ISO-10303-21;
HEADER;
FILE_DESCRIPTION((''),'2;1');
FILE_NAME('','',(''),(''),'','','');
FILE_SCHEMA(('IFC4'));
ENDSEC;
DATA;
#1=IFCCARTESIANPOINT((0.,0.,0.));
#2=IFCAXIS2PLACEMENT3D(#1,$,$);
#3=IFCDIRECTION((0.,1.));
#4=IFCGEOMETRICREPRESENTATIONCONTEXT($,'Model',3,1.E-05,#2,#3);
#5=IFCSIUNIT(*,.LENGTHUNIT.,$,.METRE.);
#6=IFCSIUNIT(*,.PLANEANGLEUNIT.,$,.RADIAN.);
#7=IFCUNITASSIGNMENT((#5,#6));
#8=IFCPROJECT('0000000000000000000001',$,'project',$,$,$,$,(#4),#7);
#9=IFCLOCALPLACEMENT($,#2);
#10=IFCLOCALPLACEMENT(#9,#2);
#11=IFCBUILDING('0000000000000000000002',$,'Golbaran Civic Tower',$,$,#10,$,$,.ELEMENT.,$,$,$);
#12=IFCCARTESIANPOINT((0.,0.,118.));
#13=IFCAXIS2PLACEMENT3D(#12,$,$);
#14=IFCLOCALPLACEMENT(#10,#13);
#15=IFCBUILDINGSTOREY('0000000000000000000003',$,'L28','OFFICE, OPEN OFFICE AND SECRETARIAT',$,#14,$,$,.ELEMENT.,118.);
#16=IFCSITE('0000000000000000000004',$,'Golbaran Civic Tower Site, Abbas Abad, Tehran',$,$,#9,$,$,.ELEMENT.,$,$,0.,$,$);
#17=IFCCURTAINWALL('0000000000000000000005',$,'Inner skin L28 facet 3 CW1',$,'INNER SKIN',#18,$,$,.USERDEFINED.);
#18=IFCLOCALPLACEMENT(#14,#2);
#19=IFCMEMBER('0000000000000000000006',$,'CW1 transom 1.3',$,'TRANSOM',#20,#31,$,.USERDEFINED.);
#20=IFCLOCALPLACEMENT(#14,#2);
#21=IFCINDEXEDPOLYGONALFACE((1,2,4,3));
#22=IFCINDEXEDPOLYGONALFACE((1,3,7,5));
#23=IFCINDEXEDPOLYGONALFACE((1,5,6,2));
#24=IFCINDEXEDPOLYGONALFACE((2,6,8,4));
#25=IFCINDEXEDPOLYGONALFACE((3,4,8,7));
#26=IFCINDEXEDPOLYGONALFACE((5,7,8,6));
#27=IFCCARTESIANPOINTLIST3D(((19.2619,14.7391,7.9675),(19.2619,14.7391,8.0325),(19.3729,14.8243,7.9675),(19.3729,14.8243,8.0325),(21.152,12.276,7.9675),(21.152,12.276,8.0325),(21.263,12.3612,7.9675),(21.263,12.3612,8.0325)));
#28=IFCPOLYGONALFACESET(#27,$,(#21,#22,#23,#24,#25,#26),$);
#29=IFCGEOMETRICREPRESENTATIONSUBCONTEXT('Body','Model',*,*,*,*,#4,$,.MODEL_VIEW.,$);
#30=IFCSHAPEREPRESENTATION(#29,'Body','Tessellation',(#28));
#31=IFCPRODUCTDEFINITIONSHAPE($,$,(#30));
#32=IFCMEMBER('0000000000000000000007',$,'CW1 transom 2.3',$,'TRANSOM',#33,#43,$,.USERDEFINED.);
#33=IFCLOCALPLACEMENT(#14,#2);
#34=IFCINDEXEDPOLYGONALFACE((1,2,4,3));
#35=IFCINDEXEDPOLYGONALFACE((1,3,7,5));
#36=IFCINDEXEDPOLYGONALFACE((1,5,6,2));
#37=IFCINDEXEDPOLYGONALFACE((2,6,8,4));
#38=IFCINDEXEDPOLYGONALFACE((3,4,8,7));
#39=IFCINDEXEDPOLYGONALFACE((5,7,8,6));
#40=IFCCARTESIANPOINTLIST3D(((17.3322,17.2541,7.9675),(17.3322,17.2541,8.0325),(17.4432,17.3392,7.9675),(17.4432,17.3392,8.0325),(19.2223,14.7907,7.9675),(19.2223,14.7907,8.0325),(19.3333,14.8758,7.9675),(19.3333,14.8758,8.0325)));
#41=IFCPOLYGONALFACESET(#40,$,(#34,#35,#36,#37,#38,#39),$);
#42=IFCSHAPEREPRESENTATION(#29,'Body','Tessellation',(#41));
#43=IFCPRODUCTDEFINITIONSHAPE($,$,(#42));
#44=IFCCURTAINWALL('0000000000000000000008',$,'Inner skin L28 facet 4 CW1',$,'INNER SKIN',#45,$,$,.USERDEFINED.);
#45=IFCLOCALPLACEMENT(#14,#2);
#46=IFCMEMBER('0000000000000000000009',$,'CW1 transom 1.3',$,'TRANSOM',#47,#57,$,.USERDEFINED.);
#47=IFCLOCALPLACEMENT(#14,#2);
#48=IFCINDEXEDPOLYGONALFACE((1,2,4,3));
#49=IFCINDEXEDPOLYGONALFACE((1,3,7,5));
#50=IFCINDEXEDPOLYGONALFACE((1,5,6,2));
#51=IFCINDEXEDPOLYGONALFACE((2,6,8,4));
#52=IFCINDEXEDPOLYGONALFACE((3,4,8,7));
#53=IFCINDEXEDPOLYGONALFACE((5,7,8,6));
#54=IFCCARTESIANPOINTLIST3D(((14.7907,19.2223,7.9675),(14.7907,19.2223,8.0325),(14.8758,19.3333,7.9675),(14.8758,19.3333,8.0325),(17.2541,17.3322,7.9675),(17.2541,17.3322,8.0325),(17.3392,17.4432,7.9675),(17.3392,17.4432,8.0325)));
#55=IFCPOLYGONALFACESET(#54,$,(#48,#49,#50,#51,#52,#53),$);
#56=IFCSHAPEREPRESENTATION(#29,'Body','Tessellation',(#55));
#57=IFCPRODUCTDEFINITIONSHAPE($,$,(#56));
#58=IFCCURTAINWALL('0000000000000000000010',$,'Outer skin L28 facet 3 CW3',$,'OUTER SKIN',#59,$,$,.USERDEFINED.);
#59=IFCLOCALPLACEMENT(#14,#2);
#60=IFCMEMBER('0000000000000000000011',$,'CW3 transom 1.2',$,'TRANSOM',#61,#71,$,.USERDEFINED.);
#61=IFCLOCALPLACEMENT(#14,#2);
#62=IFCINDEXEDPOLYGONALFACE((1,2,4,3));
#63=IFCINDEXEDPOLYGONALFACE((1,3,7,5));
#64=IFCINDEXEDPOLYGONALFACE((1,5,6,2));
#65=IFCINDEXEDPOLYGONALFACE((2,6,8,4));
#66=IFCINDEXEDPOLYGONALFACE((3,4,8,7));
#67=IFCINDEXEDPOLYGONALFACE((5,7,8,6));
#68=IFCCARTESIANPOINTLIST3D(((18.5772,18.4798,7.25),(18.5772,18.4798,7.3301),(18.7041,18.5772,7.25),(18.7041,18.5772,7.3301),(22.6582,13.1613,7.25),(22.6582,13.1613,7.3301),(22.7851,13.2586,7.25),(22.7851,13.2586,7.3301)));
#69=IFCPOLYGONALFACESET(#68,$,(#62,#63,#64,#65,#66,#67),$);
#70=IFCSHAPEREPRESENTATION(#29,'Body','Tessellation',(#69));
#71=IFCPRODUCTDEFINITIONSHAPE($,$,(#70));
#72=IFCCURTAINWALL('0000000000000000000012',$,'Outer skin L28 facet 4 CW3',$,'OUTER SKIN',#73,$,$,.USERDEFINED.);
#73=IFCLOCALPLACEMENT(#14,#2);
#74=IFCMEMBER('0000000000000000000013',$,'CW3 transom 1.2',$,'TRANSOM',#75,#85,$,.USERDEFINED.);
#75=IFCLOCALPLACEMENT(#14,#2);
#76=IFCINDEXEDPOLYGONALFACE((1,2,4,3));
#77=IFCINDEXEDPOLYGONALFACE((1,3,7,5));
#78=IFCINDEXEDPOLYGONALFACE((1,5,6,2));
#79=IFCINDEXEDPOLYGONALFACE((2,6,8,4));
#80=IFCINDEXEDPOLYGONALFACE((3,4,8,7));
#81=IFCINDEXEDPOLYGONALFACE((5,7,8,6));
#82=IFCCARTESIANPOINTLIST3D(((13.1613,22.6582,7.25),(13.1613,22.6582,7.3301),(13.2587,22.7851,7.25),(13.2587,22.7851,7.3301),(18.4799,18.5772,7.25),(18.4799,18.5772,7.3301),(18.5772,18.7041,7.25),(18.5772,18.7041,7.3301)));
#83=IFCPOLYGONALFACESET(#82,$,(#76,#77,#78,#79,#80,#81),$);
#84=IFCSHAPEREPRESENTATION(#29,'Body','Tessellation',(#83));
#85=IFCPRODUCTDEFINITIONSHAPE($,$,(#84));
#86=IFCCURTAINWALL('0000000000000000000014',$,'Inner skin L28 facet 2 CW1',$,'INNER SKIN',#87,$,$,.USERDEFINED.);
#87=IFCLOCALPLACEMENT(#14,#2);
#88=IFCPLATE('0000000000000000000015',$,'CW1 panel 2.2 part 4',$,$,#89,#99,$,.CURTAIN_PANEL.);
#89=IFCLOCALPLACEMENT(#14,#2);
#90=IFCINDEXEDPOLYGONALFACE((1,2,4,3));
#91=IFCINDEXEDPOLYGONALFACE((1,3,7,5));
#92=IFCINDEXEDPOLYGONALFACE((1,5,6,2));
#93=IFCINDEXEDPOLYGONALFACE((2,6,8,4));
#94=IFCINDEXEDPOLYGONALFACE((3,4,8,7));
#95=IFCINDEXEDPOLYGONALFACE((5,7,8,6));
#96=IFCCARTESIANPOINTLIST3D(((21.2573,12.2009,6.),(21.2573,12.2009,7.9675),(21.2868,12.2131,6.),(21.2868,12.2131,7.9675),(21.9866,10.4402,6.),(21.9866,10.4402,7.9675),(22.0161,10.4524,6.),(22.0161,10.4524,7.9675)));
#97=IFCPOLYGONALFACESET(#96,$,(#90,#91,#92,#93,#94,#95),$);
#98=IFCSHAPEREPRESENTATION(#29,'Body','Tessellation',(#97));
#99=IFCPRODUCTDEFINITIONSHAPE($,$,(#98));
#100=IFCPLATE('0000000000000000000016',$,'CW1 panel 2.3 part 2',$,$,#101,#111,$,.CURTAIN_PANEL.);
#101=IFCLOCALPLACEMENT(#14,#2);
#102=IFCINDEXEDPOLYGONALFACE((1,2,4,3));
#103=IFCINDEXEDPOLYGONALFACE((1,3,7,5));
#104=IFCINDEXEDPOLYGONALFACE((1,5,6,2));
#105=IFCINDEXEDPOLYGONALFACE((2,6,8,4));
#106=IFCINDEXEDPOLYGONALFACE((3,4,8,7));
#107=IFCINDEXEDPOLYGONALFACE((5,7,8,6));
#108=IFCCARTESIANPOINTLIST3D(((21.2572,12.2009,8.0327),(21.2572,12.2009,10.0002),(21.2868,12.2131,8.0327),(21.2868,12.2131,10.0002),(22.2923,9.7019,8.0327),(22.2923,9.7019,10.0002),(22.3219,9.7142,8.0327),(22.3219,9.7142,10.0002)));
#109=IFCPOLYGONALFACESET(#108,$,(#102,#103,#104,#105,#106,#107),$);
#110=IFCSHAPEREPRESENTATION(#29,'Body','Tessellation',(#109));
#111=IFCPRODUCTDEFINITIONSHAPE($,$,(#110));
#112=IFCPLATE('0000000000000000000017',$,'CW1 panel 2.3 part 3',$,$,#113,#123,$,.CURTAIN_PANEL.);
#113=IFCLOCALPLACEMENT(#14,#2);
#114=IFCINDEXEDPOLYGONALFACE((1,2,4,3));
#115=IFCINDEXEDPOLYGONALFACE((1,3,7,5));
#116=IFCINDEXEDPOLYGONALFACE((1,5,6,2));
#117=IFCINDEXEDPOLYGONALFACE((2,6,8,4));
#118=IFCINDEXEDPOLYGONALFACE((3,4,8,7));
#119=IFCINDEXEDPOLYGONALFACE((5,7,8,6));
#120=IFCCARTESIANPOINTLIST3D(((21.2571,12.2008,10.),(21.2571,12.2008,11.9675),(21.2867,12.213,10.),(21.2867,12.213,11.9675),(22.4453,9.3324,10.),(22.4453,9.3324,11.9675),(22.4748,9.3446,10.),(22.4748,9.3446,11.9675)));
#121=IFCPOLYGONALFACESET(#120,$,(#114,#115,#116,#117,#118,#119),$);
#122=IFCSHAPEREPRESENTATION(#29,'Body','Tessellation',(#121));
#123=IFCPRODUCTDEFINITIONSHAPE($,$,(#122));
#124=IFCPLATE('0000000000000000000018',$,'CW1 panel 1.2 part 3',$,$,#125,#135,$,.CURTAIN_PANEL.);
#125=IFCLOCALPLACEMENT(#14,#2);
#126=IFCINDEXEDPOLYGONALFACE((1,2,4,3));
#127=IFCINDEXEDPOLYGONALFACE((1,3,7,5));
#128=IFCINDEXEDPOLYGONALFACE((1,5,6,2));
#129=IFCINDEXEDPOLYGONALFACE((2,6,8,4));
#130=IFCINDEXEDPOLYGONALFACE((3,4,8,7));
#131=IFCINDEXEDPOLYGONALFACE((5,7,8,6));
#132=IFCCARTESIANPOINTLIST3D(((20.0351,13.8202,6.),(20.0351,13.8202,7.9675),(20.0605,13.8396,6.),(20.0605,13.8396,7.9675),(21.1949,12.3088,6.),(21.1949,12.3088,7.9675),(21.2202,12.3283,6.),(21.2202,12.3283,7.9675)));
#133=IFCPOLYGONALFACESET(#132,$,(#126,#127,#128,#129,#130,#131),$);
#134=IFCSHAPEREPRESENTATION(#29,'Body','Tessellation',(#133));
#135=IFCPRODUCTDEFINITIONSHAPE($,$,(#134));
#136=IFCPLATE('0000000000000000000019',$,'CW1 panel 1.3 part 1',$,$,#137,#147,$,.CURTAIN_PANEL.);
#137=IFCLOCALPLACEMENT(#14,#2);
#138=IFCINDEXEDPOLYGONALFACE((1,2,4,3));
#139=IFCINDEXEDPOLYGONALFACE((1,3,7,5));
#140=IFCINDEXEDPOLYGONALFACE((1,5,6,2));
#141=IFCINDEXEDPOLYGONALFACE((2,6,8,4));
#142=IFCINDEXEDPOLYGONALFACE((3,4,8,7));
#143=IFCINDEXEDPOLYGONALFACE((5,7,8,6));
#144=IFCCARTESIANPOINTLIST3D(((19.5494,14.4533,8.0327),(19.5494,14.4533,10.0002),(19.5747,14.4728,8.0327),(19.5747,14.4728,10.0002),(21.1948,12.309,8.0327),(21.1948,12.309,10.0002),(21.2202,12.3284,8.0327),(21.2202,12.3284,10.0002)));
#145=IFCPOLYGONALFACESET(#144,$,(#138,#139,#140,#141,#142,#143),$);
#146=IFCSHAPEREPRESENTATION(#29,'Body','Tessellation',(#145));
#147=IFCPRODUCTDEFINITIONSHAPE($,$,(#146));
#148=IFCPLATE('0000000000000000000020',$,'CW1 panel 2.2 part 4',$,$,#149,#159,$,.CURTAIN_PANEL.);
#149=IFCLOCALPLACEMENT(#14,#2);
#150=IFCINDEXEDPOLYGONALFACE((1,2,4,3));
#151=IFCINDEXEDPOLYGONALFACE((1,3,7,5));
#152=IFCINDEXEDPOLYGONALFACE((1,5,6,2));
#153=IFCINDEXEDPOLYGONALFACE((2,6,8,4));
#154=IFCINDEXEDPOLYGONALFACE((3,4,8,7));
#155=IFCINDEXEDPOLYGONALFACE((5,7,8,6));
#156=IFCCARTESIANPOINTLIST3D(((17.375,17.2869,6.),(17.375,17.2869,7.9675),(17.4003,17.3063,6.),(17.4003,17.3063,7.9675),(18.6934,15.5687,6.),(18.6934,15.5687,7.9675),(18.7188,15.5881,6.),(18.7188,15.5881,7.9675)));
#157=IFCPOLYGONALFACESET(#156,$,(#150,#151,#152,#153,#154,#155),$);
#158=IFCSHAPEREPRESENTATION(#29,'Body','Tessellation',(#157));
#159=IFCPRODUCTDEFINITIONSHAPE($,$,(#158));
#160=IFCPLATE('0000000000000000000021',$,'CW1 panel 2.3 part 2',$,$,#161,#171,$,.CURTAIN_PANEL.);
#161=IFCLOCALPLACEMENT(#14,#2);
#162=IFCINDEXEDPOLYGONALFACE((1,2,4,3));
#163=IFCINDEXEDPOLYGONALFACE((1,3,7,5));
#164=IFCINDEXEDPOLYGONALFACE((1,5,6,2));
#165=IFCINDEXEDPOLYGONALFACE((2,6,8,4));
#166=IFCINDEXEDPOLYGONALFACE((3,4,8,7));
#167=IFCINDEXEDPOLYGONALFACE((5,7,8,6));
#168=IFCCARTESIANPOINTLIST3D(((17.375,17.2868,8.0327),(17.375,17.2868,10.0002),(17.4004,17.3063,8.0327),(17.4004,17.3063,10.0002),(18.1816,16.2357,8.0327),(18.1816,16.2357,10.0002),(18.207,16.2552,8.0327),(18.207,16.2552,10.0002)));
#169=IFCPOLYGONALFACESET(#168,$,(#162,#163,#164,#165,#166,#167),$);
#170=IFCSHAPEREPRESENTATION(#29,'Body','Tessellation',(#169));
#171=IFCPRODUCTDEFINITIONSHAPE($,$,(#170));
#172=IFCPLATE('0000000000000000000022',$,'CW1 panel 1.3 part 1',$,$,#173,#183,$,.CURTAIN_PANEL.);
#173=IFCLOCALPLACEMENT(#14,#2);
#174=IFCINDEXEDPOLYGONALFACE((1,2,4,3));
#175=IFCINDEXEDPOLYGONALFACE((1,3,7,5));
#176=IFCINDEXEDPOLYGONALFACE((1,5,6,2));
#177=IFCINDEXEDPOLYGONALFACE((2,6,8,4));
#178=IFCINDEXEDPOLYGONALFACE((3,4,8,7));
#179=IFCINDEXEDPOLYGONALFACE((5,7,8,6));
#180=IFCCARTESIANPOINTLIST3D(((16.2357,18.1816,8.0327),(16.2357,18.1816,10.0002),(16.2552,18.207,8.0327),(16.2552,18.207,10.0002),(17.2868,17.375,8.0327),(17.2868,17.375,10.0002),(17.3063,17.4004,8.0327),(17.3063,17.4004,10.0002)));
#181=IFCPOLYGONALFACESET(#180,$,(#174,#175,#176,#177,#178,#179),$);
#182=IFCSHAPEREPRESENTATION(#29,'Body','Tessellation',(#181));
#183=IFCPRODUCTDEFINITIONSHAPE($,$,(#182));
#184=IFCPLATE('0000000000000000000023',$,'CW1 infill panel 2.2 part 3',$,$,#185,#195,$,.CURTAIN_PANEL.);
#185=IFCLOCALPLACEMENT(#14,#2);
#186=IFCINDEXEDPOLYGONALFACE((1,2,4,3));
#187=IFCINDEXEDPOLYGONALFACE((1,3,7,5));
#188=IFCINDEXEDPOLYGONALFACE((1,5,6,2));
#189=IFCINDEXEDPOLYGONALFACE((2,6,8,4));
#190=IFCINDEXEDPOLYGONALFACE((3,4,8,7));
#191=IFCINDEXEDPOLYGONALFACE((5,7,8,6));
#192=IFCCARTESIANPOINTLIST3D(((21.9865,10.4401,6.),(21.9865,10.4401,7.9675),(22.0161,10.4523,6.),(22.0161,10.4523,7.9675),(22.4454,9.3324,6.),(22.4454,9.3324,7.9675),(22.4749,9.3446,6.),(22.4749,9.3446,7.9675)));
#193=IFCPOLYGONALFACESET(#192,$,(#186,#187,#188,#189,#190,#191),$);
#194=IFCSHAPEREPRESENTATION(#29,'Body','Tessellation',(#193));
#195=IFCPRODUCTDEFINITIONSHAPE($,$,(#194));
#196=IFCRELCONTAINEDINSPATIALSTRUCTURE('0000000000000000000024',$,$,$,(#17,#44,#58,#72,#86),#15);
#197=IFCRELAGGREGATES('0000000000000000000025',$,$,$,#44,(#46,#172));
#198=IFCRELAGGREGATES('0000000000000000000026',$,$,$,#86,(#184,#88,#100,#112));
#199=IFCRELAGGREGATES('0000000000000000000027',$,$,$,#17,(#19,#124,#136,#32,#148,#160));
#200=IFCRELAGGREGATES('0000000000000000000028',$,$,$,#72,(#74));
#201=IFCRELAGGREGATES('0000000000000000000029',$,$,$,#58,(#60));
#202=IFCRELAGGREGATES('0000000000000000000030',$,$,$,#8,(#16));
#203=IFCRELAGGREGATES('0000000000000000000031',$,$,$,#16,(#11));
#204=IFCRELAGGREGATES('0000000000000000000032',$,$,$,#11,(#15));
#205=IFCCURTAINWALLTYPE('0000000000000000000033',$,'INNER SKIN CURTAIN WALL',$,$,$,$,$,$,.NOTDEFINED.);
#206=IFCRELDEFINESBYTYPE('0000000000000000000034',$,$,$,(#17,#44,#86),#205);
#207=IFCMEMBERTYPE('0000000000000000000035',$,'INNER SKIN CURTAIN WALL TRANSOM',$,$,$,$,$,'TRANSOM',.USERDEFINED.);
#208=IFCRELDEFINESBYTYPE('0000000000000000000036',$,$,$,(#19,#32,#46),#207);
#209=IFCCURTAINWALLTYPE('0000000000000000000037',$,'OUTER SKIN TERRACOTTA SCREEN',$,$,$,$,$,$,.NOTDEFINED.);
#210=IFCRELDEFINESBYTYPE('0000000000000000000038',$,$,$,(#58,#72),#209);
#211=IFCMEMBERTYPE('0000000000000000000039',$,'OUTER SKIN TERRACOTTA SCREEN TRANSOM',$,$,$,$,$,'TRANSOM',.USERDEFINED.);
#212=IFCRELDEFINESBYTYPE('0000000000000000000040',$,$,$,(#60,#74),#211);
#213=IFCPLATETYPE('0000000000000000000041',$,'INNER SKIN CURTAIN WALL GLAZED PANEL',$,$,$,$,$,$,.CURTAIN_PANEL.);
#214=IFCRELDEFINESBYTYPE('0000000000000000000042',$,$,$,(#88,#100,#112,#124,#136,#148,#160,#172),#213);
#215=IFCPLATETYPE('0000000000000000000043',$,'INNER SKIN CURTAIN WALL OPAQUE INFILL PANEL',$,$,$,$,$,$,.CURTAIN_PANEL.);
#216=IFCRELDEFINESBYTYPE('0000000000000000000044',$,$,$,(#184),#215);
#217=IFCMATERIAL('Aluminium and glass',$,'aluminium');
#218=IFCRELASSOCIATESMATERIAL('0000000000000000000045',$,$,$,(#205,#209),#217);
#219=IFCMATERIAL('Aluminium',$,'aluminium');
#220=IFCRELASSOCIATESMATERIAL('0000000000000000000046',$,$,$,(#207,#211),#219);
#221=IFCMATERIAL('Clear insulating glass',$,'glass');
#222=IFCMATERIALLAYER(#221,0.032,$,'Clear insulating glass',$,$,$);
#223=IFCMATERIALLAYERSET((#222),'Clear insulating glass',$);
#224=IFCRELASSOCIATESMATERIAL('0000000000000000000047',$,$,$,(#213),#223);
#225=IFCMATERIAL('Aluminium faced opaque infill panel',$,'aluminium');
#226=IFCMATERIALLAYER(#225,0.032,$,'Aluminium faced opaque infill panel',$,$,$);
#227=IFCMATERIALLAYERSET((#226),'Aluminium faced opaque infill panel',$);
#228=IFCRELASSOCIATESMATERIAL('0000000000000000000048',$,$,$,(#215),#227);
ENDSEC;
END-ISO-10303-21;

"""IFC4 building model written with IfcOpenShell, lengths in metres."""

from ifc_helpers import new_model, si_unit, direction, frame, origin, origin_2d, place, context, subcontext, project, spatial, rectangle, extrude, material, layer, layer_set, material_profile, profile_set, type_object, element, aggregate, save


model = new_model("IFC4")

# Units and contexts
model_context = context("Model", 3, precision=1e-05, world=origin(), true_north=direction((0.0, 1.0)))
body_context = subcontext(model_context, "Body", "Model", "MODEL_VIEW")
ifc_project = project(units=[si_unit("LENGTHUNIT", "METRE"), si_unit("PLANEANGLEUNIT", "RADIAN")], contexts=[model_context])

# Site, building, storey
site_placement = place(None, origin())
site = spatial("IfcSite", under=ifc_project, at=site_placement, Name="Golbaran Civic Tower Site, Abbas Abad, Tehran", CompositionType="ELEMENT", RefElevation=0.0)
building_placement = place(site_placement, origin())
building = spatial("IfcBuilding", under=site, at=building_placement, Name="Golbaran Civic Tower", CompositionType="ELEMENT")
storey_placement = place(building_placement, frame((0.0, 0.0, 118.0)))
storey = spatial("IfcBuildingStorey", under=building, at=storey_placement, Name="L28", Description="OFFICE, OPEN OFFICE AND SECRETARIAT", CompositionType="ELEMENT", Elevation=118.0)

# Curtain wall, members
ifc_material_1 = material(Name="Aluminium and glass", Category="aluminium")
curtain_wall_type_1 = type_object("IfcCurtainWallType", Name="INNER SKIN CURTAIN WALL", PredefinedType="NOTDEFINED", material=ifc_material_1)
curtain_wall_1_placement = place(storey_placement, origin())
curtain_wall_1 = element("IfcCurtainWall", 1, at=curtain_wall_1_placement, inside=storey, type_object=curtain_wall_type_1, Name="Inner skin L28 facet 3 CW1", ObjectType="INNER SKIN", PredefinedType="USERDEFINED")
ifc_material_2 = material(Name="Aluminium", Category="aluminium")
ifc_material_profile_1 = material_profile(ifc_material_2, rectangle(XDim=0.1399, YDim=0.0649, at=origin_2d()), Name="INNER SKIN CURTAIN WALL TRANSOM")
ifc_profile_set_1 = profile_set([ifc_material_profile_1], Name="Aluminium")
member_type_1 = type_object("IfcMemberType", Name="INNER SKIN CURTAIN WALL TRANSOM", ElementType="TRANSOM", PredefinedType="USERDEFINED", material=ifc_profile_set_1)
member_1_placement = place(storey_placement, frame((21.2075, 12.3186, 8.0), z_axis=(-0.608783, 0.793337, 0.0), x_axis=(-0.793337, -0.608783, 0.0)))
member_1 = element("IfcMember", 2, at=member_1_placement, type_object=member_type_1, Name="CW1 transom 1.3", ObjectType="TRANSOM", PredefinedType="USERDEFINED", context=body_context, shape_type="SweptSolid", body=[
    extrude(rectangle(XDim=0.1399, YDim=0.0649, at=origin_2d()), origin(), (0.0, 0.0, 1.0), 3.1047),
])
member_2_placement = place(storey_placement, frame((19.2778, 14.8333, 8.0), z_axis=(-0.608745, 0.793366, 0.0), x_axis=(-0.793366, -0.608745, 0.0)))
member_2 = element("IfcMember", 3, at=member_2_placement, type_object=member_type_1, Name="CW1 transom 2.3", ObjectType="TRANSOM", PredefinedType="USERDEFINED", context=body_context, shape_type="SweptSolid", body=[
    extrude(rectangle(XDim=0.1399, YDim=0.0649, at=origin_2d()), origin(), (0.0, 0.0, 1.0), 3.105),
])

# Curtain walls, members
curtain_wall_2_placement = place(storey_placement, origin())
curtain_wall_2 = element("IfcCurtainWall", 4, at=curtain_wall_2_placement, inside=storey, type_object=curtain_wall_type_1, Name="Inner skin L28 facet 4 CW1", ObjectType="INNER SKIN", PredefinedType="USERDEFINED")
member_3_placement = place(storey_placement, frame((17.2966, 17.3877, 8.0), z_axis=(-0.793366, 0.608745, 0.0), x_axis=(-0.608745, -0.793366, 0.0)))
member_3 = element("IfcMember", 5, at=member_3_placement, type_object=member_type_1, Name="CW1 transom 1.3", ObjectType="TRANSOM", PredefinedType="USERDEFINED", context=body_context, shape_type="SweptSolid", body=[
    extrude(rectangle(XDim=0.1399, YDim=0.0649, at=origin_2d()), origin(), (0.0, 0.0, 1.0), 3.105),
])
curtain_wall_type_2 = type_object("IfcCurtainWallType", Name="OUTER SKIN TERRACOTTA SCREEN", PredefinedType="NOTDEFINED", material=ifc_material_1)
curtain_wall_3_placement = place(storey_placement, origin())
curtain_wall_3 = element("IfcCurtainWall", 6, at=curtain_wall_3_placement, inside=storey, type_object=curtain_wall_type_2, Name="Outer skin L28 facet 3 CW3", ObjectType="OUTER SKIN", PredefinedType="USERDEFINED")
ifc_material_profile_2 = material_profile(ifc_material_2, rectangle(XDim=0.1599, YDim=0.0801, at=origin_2d()), Name="OUTER SKIN TERRACOTTA SCREEN TRANSOM")
ifc_profile_set_2 = profile_set([ifc_material_profile_2], Name="Aluminium")
member_type_2 = type_object("IfcMemberType", Name="OUTER SKIN TERRACOTTA SCREEN TRANSOM", ElementType="TRANSOM", PredefinedType="USERDEFINED", material=ifc_profile_set_2)
member_4_placement = place(storey_placement, frame((22.7217, 13.21, 7.29), z_axis=(-0.608756, 0.793357, 0.0), x_axis=(-0.793357, -0.608756, 0.0)))
member_4 = element("IfcMember", 7, at=member_4_placement, type_object=member_type_2, Name="CW3 transom 1.2", ObjectType="TRANSOM", PredefinedType="USERDEFINED", context=body_context, shape_type="SweptSolid", body=[
    extrude(rectangle(XDim=0.1599, YDim=0.0801, at=origin_2d()), origin(), (0.0, 0.0, 1.0), 6.7039),
])
curtain_wall_4_placement = place(storey_placement, origin())
curtain_wall_4 = element("IfcCurtainWall", 8, at=curtain_wall_4_placement, inside=storey, type_object=curtain_wall_type_2, Name="Outer skin L28 facet 4 CW3", ObjectType="OUTER SKIN", PredefinedType="USERDEFINED")
member_5_placement = place(storey_placement, frame((18.5286, 18.6406, 7.29), z_axis=(-0.793357, 0.608756, 0.0), x_axis=(-0.608756, -0.793357, 0.0)))
member_5 = element("IfcMember", 9, at=member_5_placement, type_object=member_type_2, Name="CW3 transom 1.2", ObjectType="TRANSOM", PredefinedType="USERDEFINED", context=body_context, shape_type="SweptSolid", body=[
    extrude(rectangle(XDim=0.1599, YDim=0.0801, at=origin_2d()), origin(), (0.0, 0.0, 1.0), 6.7039),
])

# Curtain wall, plates
curtain_wall_5_placement = place(storey_placement, origin())
curtain_wall_5 = element("IfcCurtainWall", 10, at=curtain_wall_5_placement, inside=storey, type_object=curtain_wall_type_1, Name="Inner skin L28 facet 2 CW1", ObjectType="INNER SKIN", PredefinedType="USERDEFINED")
ifc_material_3 = material(Name="Clear insulating glass", Category="glass")
ifc_layer_1 = layer(ifc_material_3, 0.032, Name="Clear insulating glass")
ifc_layer_set_1 = layer_set([ifc_layer_1], Name="Clear insulating glass")
plate_type_1 = type_object("IfcPlateType", Name="INNER SKIN CURTAIN WALL GLAZED PANEL", PredefinedType="CURTAIN_PANEL", material=ifc_layer_set_1)
plate_1_placement = place(storey_placement, frame((21.6367, 11.3267, 6.0), z_axis=(0.0, 0.0, 1.0), x_axis=(-0.382683, 0.92388, 0.0)))
plate_1 = element("IfcPlate", 11, at=plate_1_placement, type_object=plate_type_1, Name="CW1 panel 2.2 part 4", PredefinedType="CURTAIN_PANEL", context=body_context, shape_type="SweptSolid", body=[
    extrude(rectangle(XDim=1.9058, YDim=0.032, at=origin_2d()), origin(), (0.0, 0.0, 1.0), 1.9675),
])
plate_2_placement = place(storey_placement, frame((21.7896, 10.9575, 8.0327), z_axis=(0.0, 0.0, 1.0), x_axis=(-0.382683, 0.92388, 0.0)))
plate_2 = element("IfcPlate", 12, at=plate_2_placement, type_object=plate_type_1, Name="CW1 panel 2.3 part 2", PredefinedType="CURTAIN_PANEL", context=body_context, shape_type="SweptSolid", body=[
    extrude(rectangle(XDim=2.7048, YDim=0.032, at=origin_2d()), origin(), (0.0, 0.0, 1.0), 1.9675),
])
plate_3_placement = place(storey_placement, frame((21.866, 10.7727, 10.0), z_axis=(0.0, 0.0, 1.0), x_axis=(-0.382683, 0.92388, 0.0)))
plate_3 = element("IfcPlate", 13, at=plate_3_placement, type_object=plate_type_1, Name="CW1 panel 2.3 part 3", PredefinedType="CURTAIN_PANEL", context=body_context, shape_type="SweptSolid", body=[
    extrude(rectangle(XDim=3.1047, YDim=0.032, at=origin_2d()), origin(), (0.0, 0.0, 1.0), 1.9675),
])

# Plates
plate_4_placement = place(storey_placement, frame((20.6277, 13.0742, 6.0), z_axis=(0.0, 0.0, 1.0), x_axis=(-0.608761, 0.793353, 0.0)))
plate_4 = element("IfcPlate", 14, at=plate_4_placement, type_object=plate_type_1, Name="CW1 panel 1.2 part 3", PredefinedType="CURTAIN_PANEL", context=body_context, shape_type="SweptSolid", body=[
    extrude(rectangle(XDim=1.905, YDim=0.032, at=origin_2d()), origin(), (0.0, 0.0, 1.0), 1.9675),
])
plate_5_placement = place(storey_placement, frame((20.3848, 13.3909, 8.0327), z_axis=(0.0, 0.0, 1.0), x_axis=(-0.608761, 0.793353, 0.0)))
plate_5 = element("IfcPlate", 15, at=plate_5_placement, type_object=plate_type_1, Name="CW1 panel 1.3 part 1", PredefinedType="CURTAIN_PANEL", context=body_context, shape_type="SweptSolid", body=[
    extrude(rectangle(XDim=2.7029, YDim=0.032, at=origin_2d()), origin(), (0.0, 0.0, 1.0), 1.9675),
])
plate_6_placement = place(storey_placement, frame((18.0469, 16.4375, 6.0), z_axis=(0.0, 0.0, 1.0), x_axis=(-0.608761, 0.793353, 0.0)))
plate_6 = element("IfcPlate", 16, at=plate_6_placement, type_object=plate_type_1, Name="CW1 panel 2.2 part 4", PredefinedType="CURTAIN_PANEL", context=body_context, shape_type="SweptSolid", body=[
    extrude(rectangle(XDim=2.1658, YDim=0.032, at=origin_2d()), origin(), (0.0, 0.0, 1.0), 1.9675),
])
plate_7_placement = place(storey_placement, frame((17.791, 16.771, 8.0327), z_axis=(0.0, 0.0, 1.0), x_axis=(-0.608761, 0.793353, 0.0)))
plate_7 = element("IfcPlate", 17, at=plate_7_placement, type_object=plate_type_1, Name="CW1 panel 2.3 part 2", PredefinedType="CURTAIN_PANEL", context=body_context, shape_type="SweptSolid", body=[
    extrude(rectangle(XDim=1.325, YDim=0.032, at=origin_2d()), origin(), (0.0, 0.0, 1.0), 1.9675),
])
plate_8_placement = place(storey_placement, frame((16.771, 17.791, 8.0327), z_axis=(0.0, 0.0, 1.0), x_axis=(-0.793353, 0.608761, 0.0)))
plate_8 = element("IfcPlate", 18, at=plate_8_placement, type_object=plate_type_1, Name="CW1 panel 1.3 part 1", PredefinedType="CURTAIN_PANEL", context=body_context, shape_type="SweptSolid", body=[
    extrude(rectangle(XDim=1.325, YDim=0.032, at=origin_2d()), origin(), (0.0, 0.0, 1.0), 1.9675),
])
aggregate(curtain_wall_2, [member_3, plate_8])
ifc_material_4 = material(Name="Aluminium faced opaque infill panel", Category="aluminium")
ifc_layer_2 = layer(ifc_material_4, 0.032, Name="Aluminium faced opaque infill panel")
ifc_layer_set_2 = layer_set([ifc_layer_2], Name="Aluminium faced opaque infill panel")
plate_type_2 = type_object("IfcPlateType", Name="INNER SKIN CURTAIN WALL OPAQUE INFILL PANEL", PredefinedType="CURTAIN_PANEL", material=ifc_layer_set_2)
plate_9_placement = place(storey_placement, frame((22.2307, 9.8923, 6.0), z_axis=(0.0, 0.0, 1.0), x_axis=(-0.382683, 0.92388, 0.0)))
plate_9 = element("IfcPlate", 19, at=plate_9_placement, type_object=plate_type_2, Name="CW1 infill panel 2.2 part 3", PredefinedType="CURTAIN_PANEL", context=body_context, shape_type="SweptSolid", body=[
    extrude(rectangle(XDim=1.199, YDim=0.032, at=origin_2d()), origin(), (0.0, 0.0, 1.0), 1.9675),
])
aggregate(curtain_wall_5, [plate_9, plate_1, plate_2, plate_3])
aggregate(curtain_wall_1, [member_1, plate_4, plate_5, member_2, plate_6, plate_7])

aggregate(curtain_wall_4, [member_5])
aggregate(curtain_wall_3, [member_4])

save(model, "model.ifc")
